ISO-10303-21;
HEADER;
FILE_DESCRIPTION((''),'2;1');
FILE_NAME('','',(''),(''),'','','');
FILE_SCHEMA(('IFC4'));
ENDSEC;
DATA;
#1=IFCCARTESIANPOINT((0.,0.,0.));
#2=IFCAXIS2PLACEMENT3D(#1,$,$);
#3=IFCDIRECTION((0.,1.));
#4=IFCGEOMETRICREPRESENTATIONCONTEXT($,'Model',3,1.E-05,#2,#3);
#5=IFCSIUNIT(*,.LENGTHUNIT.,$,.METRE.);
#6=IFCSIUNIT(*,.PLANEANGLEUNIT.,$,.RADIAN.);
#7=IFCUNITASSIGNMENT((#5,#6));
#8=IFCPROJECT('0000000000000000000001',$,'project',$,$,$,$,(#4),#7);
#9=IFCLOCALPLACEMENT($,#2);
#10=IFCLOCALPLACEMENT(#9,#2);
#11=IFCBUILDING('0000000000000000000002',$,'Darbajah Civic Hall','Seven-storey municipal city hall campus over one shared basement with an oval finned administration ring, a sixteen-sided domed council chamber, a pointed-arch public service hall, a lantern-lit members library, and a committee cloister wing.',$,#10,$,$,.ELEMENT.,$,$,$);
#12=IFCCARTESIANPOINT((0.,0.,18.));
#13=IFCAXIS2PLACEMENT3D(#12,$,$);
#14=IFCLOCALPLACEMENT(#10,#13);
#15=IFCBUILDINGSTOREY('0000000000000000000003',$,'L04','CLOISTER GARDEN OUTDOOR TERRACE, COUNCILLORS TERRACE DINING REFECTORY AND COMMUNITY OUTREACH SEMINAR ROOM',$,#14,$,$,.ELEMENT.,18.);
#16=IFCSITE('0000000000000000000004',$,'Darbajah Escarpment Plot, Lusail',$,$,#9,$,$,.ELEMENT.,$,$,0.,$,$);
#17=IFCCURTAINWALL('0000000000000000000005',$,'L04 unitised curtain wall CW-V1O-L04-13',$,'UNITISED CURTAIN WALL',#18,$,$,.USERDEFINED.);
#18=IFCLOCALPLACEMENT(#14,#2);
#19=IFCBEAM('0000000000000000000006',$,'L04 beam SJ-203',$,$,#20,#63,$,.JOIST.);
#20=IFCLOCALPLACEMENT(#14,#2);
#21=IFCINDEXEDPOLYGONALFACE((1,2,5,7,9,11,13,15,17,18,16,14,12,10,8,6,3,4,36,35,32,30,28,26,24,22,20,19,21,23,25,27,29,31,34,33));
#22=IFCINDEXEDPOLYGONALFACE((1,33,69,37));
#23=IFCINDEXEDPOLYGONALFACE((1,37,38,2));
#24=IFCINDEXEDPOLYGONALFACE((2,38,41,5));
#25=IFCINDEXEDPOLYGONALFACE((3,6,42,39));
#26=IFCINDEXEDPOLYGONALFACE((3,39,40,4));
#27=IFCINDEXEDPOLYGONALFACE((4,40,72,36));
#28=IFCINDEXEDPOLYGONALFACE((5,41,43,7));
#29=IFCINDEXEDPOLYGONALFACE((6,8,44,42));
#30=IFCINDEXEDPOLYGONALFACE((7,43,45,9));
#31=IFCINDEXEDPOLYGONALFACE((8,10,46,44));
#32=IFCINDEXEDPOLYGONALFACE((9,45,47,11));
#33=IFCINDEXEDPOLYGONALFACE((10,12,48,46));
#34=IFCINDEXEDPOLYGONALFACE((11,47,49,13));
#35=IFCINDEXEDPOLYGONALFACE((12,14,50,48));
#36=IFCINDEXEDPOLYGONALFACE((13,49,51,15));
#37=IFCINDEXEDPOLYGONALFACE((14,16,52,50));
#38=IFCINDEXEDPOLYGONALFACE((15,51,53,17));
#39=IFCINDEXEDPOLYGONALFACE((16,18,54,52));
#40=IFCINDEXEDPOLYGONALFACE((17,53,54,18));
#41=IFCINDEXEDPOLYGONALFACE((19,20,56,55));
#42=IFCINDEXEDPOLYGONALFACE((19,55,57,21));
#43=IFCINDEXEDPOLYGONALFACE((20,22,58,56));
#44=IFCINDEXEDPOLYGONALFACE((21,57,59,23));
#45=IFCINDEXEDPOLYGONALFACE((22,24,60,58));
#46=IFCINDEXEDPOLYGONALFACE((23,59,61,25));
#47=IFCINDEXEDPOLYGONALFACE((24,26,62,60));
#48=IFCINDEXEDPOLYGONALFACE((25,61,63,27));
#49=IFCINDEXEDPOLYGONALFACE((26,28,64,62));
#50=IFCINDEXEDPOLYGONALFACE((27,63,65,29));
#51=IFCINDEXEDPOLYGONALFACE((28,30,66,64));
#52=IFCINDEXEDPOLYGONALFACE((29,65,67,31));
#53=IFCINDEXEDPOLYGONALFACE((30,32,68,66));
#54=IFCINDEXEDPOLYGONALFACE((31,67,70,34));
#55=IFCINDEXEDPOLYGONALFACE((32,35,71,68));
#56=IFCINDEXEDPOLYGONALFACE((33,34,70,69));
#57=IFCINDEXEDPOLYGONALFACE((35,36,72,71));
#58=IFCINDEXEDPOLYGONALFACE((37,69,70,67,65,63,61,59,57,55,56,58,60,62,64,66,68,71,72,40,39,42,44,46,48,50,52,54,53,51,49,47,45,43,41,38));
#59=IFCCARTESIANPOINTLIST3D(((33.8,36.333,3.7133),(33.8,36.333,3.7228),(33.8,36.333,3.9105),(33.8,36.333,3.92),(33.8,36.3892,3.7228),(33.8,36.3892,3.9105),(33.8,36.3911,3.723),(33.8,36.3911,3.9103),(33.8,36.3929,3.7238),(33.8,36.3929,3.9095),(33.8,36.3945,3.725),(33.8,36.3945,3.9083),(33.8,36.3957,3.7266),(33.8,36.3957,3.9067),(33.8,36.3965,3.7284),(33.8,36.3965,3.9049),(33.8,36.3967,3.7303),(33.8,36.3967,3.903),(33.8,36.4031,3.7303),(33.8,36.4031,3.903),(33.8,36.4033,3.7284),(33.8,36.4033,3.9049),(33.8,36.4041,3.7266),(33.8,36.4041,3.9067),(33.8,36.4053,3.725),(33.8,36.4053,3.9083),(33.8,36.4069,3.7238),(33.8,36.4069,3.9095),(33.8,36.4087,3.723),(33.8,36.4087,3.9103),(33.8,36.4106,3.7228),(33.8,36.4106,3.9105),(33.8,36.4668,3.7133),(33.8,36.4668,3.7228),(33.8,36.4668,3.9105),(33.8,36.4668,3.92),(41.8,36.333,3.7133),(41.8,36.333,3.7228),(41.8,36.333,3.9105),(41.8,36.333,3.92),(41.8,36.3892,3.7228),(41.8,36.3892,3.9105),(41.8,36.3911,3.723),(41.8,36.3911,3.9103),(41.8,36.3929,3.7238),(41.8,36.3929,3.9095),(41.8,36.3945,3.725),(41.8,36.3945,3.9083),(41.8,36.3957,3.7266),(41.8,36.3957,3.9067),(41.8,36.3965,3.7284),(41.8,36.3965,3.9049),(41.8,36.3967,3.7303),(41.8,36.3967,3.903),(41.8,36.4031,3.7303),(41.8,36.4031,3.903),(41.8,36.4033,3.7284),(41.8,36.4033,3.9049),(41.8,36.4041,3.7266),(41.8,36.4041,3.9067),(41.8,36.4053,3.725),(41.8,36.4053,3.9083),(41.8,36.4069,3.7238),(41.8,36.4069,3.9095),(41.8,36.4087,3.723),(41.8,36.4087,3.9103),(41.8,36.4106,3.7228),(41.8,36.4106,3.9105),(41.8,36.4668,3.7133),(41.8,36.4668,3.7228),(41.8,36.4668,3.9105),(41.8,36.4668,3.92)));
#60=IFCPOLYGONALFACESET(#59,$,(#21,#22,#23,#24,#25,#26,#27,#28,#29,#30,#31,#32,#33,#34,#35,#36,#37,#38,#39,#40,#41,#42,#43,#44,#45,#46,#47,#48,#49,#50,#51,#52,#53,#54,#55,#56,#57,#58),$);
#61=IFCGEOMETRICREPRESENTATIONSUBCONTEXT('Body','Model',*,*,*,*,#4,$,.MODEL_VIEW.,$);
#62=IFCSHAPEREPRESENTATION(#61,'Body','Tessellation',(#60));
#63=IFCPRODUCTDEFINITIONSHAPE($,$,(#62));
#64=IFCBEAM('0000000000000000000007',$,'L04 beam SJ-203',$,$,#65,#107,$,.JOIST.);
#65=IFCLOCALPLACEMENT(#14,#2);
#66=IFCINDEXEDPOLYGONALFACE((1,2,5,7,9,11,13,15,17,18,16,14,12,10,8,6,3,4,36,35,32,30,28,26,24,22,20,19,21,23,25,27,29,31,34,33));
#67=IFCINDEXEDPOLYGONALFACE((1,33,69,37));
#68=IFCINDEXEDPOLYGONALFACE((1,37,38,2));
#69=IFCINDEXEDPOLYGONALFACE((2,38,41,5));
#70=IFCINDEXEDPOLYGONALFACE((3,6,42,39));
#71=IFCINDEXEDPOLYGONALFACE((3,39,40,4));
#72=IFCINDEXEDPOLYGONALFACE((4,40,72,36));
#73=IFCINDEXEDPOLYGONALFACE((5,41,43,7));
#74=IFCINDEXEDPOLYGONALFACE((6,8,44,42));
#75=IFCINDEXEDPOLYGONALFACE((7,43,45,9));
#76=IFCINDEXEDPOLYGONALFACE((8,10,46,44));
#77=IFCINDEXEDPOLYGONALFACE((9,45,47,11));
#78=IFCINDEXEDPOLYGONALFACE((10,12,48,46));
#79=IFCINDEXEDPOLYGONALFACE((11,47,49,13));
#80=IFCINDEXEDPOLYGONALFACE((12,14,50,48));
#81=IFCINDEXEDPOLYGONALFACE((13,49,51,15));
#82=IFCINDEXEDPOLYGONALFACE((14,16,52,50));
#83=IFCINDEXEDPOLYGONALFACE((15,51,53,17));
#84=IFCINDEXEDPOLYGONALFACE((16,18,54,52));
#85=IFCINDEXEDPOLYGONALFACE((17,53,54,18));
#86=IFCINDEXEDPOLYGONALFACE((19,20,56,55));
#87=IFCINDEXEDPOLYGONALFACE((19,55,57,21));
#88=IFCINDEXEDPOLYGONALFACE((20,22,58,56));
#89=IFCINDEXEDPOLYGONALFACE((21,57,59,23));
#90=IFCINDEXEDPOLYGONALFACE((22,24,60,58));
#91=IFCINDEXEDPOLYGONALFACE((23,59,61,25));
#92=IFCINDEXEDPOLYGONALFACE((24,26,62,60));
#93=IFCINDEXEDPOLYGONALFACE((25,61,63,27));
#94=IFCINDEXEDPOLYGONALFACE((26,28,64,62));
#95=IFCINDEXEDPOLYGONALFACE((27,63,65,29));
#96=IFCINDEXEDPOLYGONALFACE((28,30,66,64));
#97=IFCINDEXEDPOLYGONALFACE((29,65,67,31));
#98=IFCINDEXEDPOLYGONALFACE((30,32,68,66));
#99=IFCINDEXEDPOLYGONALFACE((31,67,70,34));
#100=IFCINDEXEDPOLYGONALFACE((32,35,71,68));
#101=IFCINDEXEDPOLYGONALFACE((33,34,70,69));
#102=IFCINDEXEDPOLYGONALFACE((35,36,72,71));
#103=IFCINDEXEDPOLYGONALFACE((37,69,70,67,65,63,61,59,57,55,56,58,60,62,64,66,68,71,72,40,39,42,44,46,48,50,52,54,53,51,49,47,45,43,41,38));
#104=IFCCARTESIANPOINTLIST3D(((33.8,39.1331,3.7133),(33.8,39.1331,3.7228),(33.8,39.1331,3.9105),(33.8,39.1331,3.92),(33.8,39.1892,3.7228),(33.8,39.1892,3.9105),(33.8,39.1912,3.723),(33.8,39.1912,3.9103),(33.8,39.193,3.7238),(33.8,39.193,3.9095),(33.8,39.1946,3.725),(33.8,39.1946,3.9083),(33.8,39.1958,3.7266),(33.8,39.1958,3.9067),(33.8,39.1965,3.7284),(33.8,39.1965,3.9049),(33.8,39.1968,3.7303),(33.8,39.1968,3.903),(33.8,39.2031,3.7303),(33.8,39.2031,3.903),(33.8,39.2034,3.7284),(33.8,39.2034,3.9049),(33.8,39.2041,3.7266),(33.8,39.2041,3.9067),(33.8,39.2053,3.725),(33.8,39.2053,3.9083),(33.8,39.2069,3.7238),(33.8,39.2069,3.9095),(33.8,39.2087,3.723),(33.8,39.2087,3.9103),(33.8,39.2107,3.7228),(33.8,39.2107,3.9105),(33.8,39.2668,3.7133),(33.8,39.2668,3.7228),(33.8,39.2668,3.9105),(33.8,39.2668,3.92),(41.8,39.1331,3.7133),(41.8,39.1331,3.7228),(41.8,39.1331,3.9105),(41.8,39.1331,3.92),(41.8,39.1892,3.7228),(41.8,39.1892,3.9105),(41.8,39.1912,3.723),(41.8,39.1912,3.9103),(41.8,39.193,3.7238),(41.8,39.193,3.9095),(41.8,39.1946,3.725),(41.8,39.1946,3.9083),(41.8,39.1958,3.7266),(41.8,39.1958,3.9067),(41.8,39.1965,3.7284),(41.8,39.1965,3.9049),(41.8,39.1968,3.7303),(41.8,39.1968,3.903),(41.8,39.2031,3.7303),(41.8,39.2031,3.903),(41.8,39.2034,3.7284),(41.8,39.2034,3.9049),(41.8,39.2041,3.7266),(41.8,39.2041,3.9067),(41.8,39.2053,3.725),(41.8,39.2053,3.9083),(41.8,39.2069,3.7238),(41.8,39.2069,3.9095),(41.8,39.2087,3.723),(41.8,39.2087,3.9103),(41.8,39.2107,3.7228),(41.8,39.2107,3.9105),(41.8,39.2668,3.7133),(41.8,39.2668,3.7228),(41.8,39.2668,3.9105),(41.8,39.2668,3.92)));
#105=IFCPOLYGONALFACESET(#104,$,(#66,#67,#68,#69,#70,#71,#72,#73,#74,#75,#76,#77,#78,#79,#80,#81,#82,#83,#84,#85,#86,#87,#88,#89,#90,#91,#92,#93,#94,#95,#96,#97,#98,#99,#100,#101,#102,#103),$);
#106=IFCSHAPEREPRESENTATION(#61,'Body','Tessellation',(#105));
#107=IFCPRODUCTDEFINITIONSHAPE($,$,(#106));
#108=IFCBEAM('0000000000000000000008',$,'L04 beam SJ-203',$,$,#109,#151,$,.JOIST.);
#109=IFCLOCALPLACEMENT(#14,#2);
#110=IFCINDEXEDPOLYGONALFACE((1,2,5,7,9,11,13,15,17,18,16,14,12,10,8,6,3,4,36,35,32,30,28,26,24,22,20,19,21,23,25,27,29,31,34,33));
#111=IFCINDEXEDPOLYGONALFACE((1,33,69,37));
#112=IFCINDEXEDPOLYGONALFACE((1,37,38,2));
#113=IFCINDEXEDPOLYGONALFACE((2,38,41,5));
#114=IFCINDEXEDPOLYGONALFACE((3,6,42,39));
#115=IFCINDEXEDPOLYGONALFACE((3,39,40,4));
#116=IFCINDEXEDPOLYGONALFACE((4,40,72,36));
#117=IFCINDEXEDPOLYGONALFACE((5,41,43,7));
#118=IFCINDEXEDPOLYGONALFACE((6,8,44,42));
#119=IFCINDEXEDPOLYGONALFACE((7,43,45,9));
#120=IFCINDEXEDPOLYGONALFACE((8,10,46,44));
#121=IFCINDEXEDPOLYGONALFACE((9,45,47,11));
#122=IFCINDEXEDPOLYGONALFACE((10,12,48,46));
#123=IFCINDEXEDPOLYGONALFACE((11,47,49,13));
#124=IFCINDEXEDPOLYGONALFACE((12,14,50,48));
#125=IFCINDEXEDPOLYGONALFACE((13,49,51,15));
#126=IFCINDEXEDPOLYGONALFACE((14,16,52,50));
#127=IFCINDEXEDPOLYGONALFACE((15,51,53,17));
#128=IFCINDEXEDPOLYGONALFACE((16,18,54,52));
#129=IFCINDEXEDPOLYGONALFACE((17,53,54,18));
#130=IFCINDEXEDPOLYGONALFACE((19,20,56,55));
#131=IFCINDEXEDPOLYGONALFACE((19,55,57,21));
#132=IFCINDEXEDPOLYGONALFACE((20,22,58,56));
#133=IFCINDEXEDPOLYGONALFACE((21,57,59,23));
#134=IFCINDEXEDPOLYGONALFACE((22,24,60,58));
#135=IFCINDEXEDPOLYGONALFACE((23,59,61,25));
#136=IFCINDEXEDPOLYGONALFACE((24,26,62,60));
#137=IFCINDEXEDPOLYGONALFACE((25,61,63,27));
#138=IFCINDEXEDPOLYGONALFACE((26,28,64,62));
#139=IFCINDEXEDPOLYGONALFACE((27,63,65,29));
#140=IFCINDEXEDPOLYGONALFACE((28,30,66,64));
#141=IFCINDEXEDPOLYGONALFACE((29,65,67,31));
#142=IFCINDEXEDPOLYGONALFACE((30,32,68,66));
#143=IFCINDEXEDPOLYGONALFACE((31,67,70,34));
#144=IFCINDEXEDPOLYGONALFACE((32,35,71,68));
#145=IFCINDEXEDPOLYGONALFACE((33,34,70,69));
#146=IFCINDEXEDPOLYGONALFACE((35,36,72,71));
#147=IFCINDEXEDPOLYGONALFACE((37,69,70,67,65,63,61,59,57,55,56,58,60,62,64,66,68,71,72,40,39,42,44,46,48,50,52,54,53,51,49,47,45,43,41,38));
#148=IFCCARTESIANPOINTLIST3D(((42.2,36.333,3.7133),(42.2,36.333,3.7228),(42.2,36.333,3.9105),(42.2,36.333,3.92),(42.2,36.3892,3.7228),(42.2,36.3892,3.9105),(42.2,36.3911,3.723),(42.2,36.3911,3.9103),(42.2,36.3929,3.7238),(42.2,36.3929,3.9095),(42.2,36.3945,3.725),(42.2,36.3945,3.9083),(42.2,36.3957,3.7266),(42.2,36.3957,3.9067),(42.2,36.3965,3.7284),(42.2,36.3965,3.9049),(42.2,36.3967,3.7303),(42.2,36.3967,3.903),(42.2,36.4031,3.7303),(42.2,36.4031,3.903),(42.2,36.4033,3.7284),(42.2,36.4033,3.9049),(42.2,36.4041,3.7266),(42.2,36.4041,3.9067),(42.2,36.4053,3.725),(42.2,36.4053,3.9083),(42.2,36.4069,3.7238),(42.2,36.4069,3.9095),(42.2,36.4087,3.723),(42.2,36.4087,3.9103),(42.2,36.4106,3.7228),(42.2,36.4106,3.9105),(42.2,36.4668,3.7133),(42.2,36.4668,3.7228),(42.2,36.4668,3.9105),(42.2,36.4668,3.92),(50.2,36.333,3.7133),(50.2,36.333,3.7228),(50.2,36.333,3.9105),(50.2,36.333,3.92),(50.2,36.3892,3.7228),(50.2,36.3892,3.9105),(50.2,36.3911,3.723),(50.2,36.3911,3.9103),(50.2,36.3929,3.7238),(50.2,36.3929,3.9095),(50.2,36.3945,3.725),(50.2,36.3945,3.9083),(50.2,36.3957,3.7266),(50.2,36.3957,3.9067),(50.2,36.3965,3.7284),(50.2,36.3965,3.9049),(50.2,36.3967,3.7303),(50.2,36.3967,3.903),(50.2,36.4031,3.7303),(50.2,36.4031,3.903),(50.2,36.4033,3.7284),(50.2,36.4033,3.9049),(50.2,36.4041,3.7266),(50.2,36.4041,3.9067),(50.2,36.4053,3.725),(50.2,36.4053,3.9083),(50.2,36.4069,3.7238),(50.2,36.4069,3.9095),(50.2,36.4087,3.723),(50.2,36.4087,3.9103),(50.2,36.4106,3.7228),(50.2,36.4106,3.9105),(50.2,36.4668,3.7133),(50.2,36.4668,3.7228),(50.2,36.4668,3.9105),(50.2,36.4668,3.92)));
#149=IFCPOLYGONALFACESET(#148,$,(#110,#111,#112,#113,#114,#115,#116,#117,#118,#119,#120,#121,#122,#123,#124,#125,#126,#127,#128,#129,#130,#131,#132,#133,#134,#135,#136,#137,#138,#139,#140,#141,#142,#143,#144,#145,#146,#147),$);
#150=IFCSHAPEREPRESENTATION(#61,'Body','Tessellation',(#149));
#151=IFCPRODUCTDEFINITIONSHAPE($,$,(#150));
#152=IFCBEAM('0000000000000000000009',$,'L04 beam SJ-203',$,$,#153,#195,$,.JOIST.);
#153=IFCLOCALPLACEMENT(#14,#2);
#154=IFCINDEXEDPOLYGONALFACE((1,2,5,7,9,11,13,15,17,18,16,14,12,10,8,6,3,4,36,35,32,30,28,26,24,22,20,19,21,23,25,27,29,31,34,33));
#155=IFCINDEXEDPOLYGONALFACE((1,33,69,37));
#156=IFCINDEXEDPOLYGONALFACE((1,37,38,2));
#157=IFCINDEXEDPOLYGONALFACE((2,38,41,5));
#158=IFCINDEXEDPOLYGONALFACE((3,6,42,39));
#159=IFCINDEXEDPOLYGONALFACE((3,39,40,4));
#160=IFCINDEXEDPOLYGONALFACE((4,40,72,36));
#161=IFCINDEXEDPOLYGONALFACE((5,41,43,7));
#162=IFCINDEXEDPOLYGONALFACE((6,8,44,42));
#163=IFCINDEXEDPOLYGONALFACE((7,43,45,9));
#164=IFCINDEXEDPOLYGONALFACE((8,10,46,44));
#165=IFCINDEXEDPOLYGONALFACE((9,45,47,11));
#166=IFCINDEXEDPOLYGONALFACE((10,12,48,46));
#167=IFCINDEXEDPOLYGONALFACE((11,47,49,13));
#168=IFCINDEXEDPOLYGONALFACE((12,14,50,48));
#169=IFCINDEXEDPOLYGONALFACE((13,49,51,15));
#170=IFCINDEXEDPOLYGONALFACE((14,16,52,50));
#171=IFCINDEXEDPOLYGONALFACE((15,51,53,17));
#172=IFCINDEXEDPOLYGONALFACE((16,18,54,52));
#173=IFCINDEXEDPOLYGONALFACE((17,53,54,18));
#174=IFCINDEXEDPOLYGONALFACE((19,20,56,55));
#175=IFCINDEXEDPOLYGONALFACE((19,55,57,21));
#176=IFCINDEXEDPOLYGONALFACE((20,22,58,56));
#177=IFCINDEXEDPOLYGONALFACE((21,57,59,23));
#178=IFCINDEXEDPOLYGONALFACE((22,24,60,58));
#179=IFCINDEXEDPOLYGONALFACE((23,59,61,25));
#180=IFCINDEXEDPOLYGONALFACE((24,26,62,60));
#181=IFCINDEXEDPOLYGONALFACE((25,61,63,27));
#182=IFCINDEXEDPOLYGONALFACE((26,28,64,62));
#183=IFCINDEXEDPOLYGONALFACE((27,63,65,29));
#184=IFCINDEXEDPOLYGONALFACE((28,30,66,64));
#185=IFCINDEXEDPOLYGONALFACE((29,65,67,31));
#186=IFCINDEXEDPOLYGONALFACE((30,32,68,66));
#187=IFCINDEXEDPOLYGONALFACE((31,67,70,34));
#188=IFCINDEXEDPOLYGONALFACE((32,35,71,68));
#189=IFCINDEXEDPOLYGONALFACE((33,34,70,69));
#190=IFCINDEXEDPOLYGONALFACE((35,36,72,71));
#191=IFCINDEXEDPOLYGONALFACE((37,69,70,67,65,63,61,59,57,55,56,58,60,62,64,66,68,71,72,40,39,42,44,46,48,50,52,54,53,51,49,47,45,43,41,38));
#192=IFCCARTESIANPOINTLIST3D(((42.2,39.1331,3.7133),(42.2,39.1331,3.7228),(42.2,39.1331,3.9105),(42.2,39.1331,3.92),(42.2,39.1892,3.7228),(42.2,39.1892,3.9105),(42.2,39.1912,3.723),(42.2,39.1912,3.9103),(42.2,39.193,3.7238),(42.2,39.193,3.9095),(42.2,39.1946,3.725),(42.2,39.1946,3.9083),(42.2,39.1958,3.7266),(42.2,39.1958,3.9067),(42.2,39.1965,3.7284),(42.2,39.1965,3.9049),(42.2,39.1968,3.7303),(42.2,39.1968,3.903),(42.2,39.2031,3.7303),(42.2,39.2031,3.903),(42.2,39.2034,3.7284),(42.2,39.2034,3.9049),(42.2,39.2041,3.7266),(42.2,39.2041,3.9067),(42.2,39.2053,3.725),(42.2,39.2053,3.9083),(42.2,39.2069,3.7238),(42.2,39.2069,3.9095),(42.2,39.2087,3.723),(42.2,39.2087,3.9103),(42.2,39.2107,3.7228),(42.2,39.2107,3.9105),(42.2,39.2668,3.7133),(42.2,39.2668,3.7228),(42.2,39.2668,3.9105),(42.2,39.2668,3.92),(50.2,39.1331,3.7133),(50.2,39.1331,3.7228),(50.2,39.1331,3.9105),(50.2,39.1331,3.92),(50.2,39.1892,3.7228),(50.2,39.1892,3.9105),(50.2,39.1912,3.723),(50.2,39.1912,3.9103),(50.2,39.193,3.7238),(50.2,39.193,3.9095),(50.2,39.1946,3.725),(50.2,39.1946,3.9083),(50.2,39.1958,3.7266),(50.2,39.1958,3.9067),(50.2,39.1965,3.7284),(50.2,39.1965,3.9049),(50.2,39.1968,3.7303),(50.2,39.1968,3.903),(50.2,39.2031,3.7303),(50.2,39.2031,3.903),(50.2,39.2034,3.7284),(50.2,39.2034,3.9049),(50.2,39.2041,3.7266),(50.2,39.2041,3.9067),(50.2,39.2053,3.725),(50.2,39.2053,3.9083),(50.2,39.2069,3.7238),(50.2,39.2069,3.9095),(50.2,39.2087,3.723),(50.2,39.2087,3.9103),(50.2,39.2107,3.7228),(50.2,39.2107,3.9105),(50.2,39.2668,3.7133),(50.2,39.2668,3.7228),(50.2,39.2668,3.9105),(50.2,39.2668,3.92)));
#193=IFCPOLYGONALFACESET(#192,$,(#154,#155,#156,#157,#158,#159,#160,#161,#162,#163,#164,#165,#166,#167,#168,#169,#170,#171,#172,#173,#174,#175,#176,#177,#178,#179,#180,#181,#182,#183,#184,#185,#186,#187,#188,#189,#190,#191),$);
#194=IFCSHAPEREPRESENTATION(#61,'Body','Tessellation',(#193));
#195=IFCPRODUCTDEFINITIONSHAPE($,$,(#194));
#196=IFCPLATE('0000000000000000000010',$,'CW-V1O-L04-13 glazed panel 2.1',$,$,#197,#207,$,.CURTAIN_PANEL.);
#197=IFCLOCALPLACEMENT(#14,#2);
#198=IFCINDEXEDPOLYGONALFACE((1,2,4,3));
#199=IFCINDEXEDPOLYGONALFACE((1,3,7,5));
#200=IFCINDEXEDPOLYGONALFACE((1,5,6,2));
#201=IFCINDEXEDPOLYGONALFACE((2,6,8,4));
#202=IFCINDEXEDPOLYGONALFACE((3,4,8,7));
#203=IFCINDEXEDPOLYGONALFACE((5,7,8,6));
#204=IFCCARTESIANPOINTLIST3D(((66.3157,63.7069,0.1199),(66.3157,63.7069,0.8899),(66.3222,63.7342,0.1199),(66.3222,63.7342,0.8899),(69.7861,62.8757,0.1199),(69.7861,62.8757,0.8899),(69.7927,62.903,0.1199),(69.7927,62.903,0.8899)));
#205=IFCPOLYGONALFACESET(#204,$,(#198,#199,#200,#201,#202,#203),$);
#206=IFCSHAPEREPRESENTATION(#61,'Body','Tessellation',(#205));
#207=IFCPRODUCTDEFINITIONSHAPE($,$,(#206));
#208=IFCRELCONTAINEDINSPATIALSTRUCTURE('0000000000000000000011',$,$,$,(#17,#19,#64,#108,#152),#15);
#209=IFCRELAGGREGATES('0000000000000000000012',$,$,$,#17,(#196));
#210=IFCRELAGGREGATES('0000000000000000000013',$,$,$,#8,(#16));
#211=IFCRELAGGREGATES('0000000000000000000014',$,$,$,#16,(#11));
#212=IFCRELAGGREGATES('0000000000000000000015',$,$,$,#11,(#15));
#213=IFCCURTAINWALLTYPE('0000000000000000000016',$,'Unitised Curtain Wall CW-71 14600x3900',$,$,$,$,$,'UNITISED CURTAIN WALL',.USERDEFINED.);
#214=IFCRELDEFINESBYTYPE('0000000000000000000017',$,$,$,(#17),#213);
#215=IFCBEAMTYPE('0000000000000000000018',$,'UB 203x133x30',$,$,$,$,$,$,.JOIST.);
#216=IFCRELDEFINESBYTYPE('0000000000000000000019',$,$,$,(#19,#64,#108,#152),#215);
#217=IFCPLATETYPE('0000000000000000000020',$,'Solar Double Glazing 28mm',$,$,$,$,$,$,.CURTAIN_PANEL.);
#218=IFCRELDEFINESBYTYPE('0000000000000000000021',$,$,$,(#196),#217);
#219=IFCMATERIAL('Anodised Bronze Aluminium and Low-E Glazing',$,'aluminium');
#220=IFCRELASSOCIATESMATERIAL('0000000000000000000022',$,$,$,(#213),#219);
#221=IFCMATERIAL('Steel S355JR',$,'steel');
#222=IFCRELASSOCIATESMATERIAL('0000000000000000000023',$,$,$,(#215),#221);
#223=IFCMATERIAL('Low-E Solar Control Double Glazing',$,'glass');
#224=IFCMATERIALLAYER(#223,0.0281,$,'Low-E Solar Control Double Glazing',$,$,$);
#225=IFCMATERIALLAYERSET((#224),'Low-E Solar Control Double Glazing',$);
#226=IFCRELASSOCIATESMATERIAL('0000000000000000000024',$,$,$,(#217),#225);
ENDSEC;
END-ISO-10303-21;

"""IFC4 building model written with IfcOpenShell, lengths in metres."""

from ifc_helpers import new_model, si_unit, direction, frame, origin, origin_2d, place, context, subcontext, project, spatial, rectangle, i_section, extrude, material, layer, layer_set, material_profile, profile_set, type_object, element, aggregate, save


model = new_model("IFC4")

# Units and contexts
model_context = context("Model", 3, precision=1e-05, world=origin(), true_north=direction((0.0, 1.0)))
body_context = subcontext(model_context, "Body", "Model", "MODEL_VIEW")
ifc_project = project(units=[si_unit("LENGTHUNIT", "METRE"), si_unit("PLANEANGLEUNIT", "RADIAN")], contexts=[model_context])

# Site, building, storey
site_placement = place(None, origin())
site = spatial("IfcSite", under=ifc_project, at=site_placement, Name="Darbajah Escarpment Plot, Lusail", CompositionType="ELEMENT", RefElevation=0.0)
building_placement = place(site_placement, origin())
building = spatial("IfcBuilding", under=site, at=building_placement, Name="Darbajah Civic Hall", Description="Seven-storey municipal city hall campus over one shared basement with an oval finned administration ring, a sixteen-sided domed council chamber, a pointed-arch public service hall, a lantern-lit members library, and a committee cloister wing.", CompositionType="ELEMENT")
storey_placement = place(building_placement, frame((0.0, 0.0, 18.0)))
storey = spatial("IfcBuildingStorey", under=building, at=storey_placement, Name="L04", Description="CLOISTER GARDEN OUTDOOR TERRACE, COUNCILLORS TERRACE DINING REFECTORY AND COMMUNITY OUTREACH SEMINAR ROOM", CompositionType="ELEMENT", Elevation=18.0)

# Shared definitions
ifc_material_1 = material(Name="Steel S355JR", Category="steel")

# Curtain wall
ifc_material_2 = material(Name="Anodised Bronze Aluminium and Low-E Glazing", Category="aluminium")
curtain_wall_type = type_object("IfcCurtainWallType", Name="Unitised Curtain Wall CW-71 14600x3900", ElementType="UNITISED CURTAIN WALL", PredefinedType="USERDEFINED", material=ifc_material_2)
curtain_wall_placement = place(storey_placement, origin())
curtain_wall = element("IfcCurtainWall", 1, at=curtain_wall_placement, inside=storey, type_object=curtain_wall_type, Name="L04 unitised curtain wall CW-V1O-L04-13", ObjectType="UNITISED CURTAIN WALL", PredefinedType="USERDEFINED")

# Beams
ifc_material_profile_1 = material_profile(ifc_material_1, i_section(OverallWidth=0.1338, OverallDepth=0.2068, WebThickness=0.0063, FlangeThickness=0.0095, FilletRadius=0.0076, at=origin_2d()), Name="UB 203x133x30")
ifc_profile_set_1 = profile_set([ifc_material_profile_1], Name="Steel S355JR")
beam_type_1 = type_object("IfcBeamType", Name="UB 203x133x30", PredefinedType="JOIST", material=ifc_profile_set_1)
for number, where, z_axis, x_axis, name in (
    (2, (33.8, 36.3999, 3.8167), (1.0, 0.0, 0.0), (0.0, 1.0, 0.0), "L04 beam SJ-203"),
    (3, (33.8, 39.2, 3.8167), (1.0, 0.0, 0.0), (0.0, 1.0, 0.0), "L04 beam SJ-203"),
    (4, (42.2, 36.3999, 3.8167), (1.0, 0.0, 0.0), (0.0, 1.0, 0.0), "L04 beam SJ-203"),
    (5, (42.2, 39.2, 3.8167), (1.0, 0.0, 0.0), (0.0, 1.0, 0.0), "L04 beam SJ-203"),
):
    element("IfcBeam", number, at=place(storey_placement, frame(where, z_axis=z_axis, x_axis=x_axis)), inside=storey, type_object=beam_type_1, Name=name, PredefinedType="JOIST", context=body_context, shape_type="SweptSolid", body=[
        extrude(i_section(OverallWidth=0.1338, OverallDepth=0.2068, WebThickness=0.0063, FlangeThickness=0.0095, FilletRadius=0.0076, at=origin_2d()), origin(), (0.0, 0.0, 1.0), 8.0),
    ])

# Plate
ifc_material_3 = material(Name="Low-E Solar Control Double Glazing", Category="glass")
ifc_layer_1 = layer(ifc_material_3, 0.0281, Name="Low-E Solar Control Double Glazing")
ifc_layer_set_1 = layer_set([ifc_layer_1], Name="Low-E Solar Control Double Glazing")
plate_type = type_object("IfcPlateType", Name="Solar Double Glazing 28mm", PredefinedType="CURTAIN_PANEL", material=ifc_layer_set_1)
plate_1_placement = place(storey_placement, frame((68.0542, 63.3049, 0.1199), z_axis=(0.0, 0.0, 1.0), x_axis=(0.972492, -0.232936, 0.0)))
plate_1 = element("IfcPlate", 6, at=plate_1_placement, type_object=plate_type, Name="CW-V1O-L04-13 glazed panel 2.1", PredefinedType="CURTAIN_PANEL", context=body_context, shape_type="SweptSolid", body=[
    extrude(rectangle(XDim=3.5686, YDim=0.0281, at=origin_2d()), origin(), (0.0, 0.0, 1.0), 0.77),
])
aggregate(curtain_wall, [plate_1])

save(model, "model.ifc")
